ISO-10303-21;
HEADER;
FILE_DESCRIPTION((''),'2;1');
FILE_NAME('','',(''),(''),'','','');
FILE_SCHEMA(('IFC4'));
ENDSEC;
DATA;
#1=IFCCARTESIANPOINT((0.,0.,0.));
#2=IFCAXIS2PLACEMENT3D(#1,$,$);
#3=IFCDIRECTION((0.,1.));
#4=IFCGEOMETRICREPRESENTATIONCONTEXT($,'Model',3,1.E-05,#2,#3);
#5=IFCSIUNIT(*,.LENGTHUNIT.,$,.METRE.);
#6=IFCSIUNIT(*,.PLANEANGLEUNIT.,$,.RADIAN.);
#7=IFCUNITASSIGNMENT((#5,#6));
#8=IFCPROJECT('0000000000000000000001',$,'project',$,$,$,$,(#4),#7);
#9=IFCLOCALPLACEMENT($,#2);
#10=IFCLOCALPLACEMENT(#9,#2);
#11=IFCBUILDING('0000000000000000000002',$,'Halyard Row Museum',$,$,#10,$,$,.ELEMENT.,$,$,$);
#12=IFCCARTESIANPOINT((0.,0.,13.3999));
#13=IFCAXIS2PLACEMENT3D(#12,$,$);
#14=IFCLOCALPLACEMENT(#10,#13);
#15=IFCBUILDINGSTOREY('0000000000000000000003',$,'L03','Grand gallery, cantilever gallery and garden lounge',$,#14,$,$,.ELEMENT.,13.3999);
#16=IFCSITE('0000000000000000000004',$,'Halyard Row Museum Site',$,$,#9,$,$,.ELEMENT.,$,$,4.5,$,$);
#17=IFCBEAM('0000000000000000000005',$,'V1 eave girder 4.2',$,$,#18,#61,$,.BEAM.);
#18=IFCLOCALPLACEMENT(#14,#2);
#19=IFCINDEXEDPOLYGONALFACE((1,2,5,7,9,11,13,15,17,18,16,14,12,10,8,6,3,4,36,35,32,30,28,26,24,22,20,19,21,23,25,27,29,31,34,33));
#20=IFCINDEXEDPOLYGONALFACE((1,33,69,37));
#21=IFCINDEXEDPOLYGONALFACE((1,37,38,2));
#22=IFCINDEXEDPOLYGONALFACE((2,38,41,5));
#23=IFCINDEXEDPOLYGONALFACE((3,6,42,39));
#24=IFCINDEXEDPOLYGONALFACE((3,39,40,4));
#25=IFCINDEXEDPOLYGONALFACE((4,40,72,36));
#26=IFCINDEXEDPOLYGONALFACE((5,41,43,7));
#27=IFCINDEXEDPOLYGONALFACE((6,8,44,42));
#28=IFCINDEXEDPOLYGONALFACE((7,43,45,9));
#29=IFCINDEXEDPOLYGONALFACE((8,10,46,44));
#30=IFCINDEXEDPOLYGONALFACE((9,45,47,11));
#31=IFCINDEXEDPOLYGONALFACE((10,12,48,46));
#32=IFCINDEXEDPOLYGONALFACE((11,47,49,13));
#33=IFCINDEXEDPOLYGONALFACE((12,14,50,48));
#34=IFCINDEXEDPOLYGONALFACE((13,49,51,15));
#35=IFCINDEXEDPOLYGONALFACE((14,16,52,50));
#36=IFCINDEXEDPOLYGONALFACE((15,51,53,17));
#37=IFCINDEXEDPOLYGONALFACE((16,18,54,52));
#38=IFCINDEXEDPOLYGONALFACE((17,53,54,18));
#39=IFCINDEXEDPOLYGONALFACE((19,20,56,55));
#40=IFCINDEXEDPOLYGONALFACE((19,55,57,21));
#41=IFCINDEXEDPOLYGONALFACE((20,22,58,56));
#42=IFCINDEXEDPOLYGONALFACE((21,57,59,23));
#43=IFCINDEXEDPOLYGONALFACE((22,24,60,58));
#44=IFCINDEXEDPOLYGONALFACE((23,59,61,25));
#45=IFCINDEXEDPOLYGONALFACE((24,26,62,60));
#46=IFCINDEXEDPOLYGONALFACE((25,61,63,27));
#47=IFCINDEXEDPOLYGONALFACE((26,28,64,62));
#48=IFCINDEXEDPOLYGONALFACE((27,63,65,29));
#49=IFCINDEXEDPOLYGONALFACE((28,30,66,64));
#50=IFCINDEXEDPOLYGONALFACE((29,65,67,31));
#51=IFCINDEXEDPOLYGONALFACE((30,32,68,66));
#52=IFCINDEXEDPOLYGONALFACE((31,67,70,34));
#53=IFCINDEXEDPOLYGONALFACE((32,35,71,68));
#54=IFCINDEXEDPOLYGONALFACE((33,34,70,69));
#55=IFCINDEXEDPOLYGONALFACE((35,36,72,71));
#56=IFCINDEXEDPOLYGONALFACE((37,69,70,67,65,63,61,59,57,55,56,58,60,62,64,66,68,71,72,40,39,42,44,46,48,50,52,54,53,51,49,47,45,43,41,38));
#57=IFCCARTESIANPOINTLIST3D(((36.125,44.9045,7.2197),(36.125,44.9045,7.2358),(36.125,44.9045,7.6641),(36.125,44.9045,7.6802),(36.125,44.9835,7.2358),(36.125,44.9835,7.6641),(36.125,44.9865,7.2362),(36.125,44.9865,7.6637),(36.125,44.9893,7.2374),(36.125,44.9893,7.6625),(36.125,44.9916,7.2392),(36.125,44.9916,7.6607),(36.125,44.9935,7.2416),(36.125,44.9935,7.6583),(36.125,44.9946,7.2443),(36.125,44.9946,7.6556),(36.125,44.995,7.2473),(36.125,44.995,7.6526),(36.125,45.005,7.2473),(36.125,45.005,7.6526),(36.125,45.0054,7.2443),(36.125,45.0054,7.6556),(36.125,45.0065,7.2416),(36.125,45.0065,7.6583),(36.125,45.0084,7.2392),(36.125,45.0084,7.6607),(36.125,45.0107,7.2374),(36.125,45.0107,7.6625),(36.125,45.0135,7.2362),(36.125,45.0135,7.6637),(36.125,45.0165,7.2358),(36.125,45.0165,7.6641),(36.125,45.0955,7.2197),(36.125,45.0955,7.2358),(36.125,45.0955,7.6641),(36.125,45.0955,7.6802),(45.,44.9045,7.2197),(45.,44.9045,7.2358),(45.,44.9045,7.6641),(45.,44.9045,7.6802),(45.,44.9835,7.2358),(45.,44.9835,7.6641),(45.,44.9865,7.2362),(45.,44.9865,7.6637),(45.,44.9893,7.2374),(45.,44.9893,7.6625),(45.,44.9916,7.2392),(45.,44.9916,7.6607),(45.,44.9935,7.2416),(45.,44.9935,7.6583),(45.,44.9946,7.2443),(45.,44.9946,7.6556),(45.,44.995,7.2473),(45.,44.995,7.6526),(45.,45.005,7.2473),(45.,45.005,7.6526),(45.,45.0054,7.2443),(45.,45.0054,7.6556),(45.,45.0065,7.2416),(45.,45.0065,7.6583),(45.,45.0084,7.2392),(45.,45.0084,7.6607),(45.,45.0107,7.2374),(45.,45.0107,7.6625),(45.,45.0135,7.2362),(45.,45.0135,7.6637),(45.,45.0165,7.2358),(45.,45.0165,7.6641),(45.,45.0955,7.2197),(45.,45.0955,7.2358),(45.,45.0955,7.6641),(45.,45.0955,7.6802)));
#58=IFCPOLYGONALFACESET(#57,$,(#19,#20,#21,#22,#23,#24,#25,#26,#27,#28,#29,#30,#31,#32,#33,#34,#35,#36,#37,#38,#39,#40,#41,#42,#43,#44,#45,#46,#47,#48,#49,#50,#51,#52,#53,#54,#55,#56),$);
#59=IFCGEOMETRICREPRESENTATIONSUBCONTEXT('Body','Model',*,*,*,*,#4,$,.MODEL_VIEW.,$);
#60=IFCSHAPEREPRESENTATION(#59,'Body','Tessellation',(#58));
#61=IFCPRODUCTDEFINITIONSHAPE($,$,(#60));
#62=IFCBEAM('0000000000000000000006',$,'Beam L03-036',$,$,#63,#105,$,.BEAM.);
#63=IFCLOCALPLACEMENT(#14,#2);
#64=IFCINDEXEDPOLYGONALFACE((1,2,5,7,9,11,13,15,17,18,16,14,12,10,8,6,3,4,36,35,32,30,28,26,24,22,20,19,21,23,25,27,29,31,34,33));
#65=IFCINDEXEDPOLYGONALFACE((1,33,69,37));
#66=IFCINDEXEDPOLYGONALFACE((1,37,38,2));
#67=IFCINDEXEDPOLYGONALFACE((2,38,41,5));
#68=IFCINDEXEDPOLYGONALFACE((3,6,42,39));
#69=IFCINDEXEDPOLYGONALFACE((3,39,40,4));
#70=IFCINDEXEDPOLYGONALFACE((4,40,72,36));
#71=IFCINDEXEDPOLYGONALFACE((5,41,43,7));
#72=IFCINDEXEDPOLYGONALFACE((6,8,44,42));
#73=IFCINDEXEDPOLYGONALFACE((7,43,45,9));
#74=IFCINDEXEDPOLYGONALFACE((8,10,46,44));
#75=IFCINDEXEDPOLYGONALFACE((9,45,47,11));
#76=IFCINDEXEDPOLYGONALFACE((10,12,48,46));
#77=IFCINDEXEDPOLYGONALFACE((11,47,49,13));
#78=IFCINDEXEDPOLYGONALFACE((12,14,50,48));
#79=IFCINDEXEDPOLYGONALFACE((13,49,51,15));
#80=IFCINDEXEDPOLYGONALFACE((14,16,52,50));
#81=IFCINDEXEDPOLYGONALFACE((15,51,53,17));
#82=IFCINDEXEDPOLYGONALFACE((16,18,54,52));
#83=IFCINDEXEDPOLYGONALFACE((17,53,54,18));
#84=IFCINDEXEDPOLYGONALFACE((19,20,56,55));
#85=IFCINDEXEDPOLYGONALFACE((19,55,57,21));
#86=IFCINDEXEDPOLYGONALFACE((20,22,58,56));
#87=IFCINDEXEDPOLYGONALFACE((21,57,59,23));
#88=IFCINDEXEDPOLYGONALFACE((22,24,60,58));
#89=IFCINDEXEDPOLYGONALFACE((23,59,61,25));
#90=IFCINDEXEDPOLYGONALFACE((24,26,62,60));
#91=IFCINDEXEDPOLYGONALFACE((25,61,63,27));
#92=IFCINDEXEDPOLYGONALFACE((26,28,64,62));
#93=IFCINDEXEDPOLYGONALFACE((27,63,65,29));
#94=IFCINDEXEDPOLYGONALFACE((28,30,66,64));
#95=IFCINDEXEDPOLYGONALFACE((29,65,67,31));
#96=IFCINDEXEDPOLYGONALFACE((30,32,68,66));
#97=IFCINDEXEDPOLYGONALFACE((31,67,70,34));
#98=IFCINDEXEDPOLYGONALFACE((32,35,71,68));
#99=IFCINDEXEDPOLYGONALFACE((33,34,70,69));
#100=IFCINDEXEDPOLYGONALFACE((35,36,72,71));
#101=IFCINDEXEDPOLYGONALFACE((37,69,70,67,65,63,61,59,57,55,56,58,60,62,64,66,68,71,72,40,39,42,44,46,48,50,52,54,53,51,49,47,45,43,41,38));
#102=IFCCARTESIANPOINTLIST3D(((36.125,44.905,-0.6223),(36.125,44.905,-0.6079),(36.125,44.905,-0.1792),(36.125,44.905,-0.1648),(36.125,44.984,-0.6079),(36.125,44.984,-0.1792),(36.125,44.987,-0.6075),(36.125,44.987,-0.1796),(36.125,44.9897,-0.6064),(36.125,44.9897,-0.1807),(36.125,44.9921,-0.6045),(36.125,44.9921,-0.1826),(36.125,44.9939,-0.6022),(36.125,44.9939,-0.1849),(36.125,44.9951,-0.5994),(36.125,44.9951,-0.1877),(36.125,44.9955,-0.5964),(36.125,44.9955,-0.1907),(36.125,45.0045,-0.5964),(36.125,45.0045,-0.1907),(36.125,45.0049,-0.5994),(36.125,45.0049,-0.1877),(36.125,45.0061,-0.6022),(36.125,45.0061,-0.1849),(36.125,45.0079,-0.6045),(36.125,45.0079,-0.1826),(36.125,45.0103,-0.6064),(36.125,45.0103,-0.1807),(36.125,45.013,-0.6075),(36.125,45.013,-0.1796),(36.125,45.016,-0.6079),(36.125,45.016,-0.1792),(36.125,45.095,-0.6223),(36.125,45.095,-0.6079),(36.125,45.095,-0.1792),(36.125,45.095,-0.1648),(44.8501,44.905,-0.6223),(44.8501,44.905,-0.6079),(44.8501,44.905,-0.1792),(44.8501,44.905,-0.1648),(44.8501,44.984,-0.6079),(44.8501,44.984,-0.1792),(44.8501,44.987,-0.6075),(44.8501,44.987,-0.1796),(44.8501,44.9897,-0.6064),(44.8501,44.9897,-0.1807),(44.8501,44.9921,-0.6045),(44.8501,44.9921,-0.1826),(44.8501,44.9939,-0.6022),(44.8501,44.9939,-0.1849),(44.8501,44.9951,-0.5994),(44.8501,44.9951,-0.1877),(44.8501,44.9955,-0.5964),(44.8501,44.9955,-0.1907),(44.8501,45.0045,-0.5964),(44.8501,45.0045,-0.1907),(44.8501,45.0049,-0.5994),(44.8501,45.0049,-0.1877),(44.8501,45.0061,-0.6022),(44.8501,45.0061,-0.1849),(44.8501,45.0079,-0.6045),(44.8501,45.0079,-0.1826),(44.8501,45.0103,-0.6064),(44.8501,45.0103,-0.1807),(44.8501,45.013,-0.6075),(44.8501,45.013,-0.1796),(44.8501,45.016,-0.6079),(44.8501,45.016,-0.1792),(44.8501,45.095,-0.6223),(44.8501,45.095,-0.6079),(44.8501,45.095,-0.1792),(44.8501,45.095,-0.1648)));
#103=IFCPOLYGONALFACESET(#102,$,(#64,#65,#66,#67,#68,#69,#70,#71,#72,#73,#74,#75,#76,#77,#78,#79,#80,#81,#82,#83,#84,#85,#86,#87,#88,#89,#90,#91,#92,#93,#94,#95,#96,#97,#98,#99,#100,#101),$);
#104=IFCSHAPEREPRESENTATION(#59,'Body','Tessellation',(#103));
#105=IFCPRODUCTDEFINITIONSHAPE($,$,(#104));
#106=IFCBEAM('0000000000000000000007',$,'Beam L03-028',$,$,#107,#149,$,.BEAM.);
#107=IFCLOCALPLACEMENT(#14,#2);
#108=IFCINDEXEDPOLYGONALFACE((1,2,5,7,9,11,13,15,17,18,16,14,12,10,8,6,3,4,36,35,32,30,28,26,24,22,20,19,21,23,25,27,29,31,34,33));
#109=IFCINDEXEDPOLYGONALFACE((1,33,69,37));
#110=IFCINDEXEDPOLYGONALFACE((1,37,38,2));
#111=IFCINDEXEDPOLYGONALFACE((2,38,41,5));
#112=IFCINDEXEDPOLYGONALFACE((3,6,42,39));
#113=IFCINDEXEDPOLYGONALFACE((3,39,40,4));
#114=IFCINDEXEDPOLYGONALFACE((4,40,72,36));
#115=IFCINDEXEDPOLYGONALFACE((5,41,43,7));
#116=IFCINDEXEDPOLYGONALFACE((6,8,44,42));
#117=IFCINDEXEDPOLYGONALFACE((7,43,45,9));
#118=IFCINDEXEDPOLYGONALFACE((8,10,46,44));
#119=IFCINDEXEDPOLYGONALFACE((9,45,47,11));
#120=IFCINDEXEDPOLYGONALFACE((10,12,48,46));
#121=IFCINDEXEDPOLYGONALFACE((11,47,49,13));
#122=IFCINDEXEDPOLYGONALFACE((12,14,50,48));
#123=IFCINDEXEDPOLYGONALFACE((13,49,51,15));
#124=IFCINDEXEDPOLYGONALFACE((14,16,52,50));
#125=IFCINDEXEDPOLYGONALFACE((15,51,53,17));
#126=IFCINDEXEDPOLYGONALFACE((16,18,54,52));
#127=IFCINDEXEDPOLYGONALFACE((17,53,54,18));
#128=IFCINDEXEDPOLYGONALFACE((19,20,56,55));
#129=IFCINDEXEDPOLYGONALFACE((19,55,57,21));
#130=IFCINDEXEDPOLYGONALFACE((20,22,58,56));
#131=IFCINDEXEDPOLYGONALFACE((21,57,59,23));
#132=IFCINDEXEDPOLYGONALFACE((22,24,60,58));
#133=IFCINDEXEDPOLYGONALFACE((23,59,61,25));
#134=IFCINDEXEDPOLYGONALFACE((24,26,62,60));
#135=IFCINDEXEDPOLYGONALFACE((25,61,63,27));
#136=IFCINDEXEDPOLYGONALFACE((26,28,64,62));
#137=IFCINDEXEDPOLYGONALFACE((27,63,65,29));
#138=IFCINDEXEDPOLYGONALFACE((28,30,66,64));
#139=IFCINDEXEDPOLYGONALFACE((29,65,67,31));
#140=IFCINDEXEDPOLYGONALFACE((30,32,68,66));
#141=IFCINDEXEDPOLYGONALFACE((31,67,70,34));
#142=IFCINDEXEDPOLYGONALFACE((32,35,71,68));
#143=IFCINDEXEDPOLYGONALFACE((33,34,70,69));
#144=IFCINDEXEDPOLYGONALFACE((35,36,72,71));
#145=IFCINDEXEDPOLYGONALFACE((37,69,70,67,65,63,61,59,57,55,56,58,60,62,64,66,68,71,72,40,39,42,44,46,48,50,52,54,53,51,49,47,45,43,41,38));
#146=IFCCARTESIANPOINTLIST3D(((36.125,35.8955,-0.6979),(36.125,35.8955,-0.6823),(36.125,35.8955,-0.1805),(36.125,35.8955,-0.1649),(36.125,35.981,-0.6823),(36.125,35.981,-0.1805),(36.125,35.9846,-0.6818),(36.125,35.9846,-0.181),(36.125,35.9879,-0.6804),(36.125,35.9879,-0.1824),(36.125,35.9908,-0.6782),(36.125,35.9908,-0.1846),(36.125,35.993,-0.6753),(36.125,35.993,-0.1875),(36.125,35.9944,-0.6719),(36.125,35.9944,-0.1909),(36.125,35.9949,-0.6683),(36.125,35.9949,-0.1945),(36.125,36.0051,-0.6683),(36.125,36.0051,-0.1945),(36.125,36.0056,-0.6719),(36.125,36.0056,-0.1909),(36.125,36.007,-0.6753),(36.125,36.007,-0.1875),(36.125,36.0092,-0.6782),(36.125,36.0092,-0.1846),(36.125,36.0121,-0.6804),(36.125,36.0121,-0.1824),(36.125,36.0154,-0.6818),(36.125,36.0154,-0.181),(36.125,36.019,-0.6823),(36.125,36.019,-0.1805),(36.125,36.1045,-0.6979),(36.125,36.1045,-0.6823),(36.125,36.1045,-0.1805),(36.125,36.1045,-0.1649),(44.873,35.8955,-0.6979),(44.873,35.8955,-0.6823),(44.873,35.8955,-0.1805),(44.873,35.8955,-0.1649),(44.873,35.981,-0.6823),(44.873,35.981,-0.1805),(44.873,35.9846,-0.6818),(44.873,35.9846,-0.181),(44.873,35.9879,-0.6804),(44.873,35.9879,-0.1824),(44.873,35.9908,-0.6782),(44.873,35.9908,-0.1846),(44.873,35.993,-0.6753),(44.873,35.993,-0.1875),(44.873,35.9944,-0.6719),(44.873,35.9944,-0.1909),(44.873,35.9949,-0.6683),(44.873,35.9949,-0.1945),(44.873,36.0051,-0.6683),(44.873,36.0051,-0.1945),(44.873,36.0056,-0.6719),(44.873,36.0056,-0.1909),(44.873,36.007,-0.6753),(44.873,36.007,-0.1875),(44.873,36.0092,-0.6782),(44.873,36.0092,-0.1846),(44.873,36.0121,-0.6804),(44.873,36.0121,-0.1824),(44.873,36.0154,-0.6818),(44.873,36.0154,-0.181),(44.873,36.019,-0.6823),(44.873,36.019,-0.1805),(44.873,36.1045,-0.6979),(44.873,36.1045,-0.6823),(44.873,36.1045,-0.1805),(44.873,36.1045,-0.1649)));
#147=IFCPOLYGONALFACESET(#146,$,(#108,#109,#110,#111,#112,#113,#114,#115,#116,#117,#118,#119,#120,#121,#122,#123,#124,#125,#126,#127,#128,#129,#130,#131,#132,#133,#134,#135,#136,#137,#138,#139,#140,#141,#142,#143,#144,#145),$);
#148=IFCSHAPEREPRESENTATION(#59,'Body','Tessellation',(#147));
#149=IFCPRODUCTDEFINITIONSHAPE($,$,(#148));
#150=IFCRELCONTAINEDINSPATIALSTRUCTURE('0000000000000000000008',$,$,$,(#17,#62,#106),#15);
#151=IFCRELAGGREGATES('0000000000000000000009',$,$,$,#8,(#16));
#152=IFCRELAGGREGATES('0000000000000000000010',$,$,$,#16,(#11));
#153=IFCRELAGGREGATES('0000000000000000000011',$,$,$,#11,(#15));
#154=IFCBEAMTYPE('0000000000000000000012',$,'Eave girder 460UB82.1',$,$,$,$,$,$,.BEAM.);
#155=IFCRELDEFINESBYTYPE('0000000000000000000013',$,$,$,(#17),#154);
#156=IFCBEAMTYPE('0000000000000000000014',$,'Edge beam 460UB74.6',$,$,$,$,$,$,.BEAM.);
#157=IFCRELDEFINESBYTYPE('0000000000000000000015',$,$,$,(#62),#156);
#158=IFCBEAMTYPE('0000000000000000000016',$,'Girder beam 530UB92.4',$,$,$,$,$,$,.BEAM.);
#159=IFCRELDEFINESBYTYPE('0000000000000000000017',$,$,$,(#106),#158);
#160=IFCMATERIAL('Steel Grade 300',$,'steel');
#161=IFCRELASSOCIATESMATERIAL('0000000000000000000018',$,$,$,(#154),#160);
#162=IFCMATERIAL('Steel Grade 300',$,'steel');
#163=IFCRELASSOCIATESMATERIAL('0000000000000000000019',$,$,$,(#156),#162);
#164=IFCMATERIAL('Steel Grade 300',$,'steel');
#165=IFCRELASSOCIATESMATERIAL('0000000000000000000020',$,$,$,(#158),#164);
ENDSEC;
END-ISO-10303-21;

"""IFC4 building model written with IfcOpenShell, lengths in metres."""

from ifc_helpers import new_model, si_unit, direction, frame, origin, origin_2d, place, context, subcontext, project, spatial, i_section, extrude, material, material_profile, profile_set, type_object, element, save


model = new_model("IFC4")

# Units and contexts
model_context = context("Model", 3, precision=1e-05, world=origin(), true_north=direction((0.0, 1.0)))
body_context = subcontext(model_context, "Body", "Model", "MODEL_VIEW")
ifc_project = project(units=[si_unit("LENGTHUNIT", "METRE"), si_unit("PLANEANGLEUNIT", "RADIAN")], contexts=[model_context])

# Site, building, storey
site_placement = place(None, origin())
site = spatial("IfcSite", under=ifc_project, at=site_placement, Name="Halyard Row Museum Site", CompositionType="ELEMENT", RefElevation=4.5)
building_placement = place(site_placement, origin())
building = spatial("IfcBuilding", under=site, at=building_placement, Name="Halyard Row Museum", CompositionType="ELEMENT")
storey_placement = place(building_placement, frame((0.0, 0.0, 13.3999)))
storey = spatial("IfcBuildingStorey", under=building, at=storey_placement, Name="L03", Description="Grand gallery, cantilever gallery and garden lounge", CompositionType="ELEMENT", Elevation=13.3999)

# Beams
ifc_material_1 = material(Name="Steel Grade 300", Category="steel")
ifc_material_profile_1 = material_profile(ifc_material_1, i_section(OverallWidth=0.1909, OverallDepth=0.4604, WebThickness=0.01, FlangeThickness=0.0161, FilletRadius=0.0115, at=origin_2d()), Name="460UB82.1")
ifc_profile_set_1 = profile_set([ifc_material_profile_1], Name="Steel Grade 300")
beam_type_1 = type_object("IfcBeamType", Name="Eave girder 460UB82.1", PredefinedType="BEAM", material=ifc_profile_set_1)
beam_1_placement = place(storey_placement, frame((36.125, 45.0, 7.45), z_axis=(1.0, 0.0, 0.0), x_axis=(0.0, 1.0, 0.0)))
element("IfcBeam", 1, at=beam_1_placement, inside=storey, type_object=beam_type_1, Name="V1 eave girder 4.2", PredefinedType="BEAM", context=body_context, shape_type="SweptSolid", body=[
    extrude(i_section(OverallWidth=0.1909, OverallDepth=0.4604, WebThickness=0.01, FlangeThickness=0.0161, FilletRadius=0.0115, at=origin_2d()), origin(), (0.0, 0.0, 1.0), 8.875),
])
ifc_material_2 = material(Name="Steel Grade 300", Category="steel")
ifc_material_profile_2 = material_profile(ifc_material_2, i_section(OverallWidth=0.1899, OverallDepth=0.4575, WebThickness=0.009, FlangeThickness=0.0144, FilletRadius=0.0115, at=origin_2d()), Name="460UB74.6")
ifc_profile_set_2 = profile_set([ifc_material_profile_2], Name="Steel Grade 300")
beam_type_2 = type_object("IfcBeamType", Name="Edge beam 460UB74.6", PredefinedType="BEAM", material=ifc_profile_set_2)
beam_2_placement = place(storey_placement, frame((36.125, 45.0, -0.3936), z_axis=(1.0, 0.0, 0.0), x_axis=(0.0, 1.0, 0.0)))
element("IfcBeam", 2, at=beam_2_placement, inside=storey, type_object=beam_type_2, Name="Beam L03-036", PredefinedType="BEAM", context=body_context, shape_type="SweptSolid", body=[
    extrude(i_section(OverallWidth=0.1899, OverallDepth=0.4575, WebThickness=0.009, FlangeThickness=0.0144, FilletRadius=0.0115, at=origin_2d()), origin(), (0.0, 0.0, 1.0), 8.7251),
])
ifc_material_3 = material(Name="Steel Grade 300", Category="steel")
ifc_material_profile_3 = material_profile(ifc_material_3, i_section(OverallWidth=0.209, OverallDepth=0.533, WebThickness=0.0103, FlangeThickness=0.0156, FilletRadius=0.0139, at=origin_2d()), Name="530UB92.4")
ifc_profile_set_3 = profile_set([ifc_material_profile_3], Name="Steel Grade 300")
beam_type_3 = type_object("IfcBeamType", Name="Girder beam 530UB92.4", PredefinedType="BEAM", material=ifc_profile_set_3)
beam_3_placement = place(storey_placement, frame((36.125, 36.0, -0.4314), z_axis=(1.0, 0.0, 0.0), x_axis=(0.0, 1.0, 0.0)))
element("IfcBeam", 3, at=beam_3_placement, inside=storey, type_object=beam_type_3, Name="Beam L03-028", PredefinedType="BEAM", context=body_context, shape_type="SweptSolid", body=[
    extrude(i_section(OverallWidth=0.209, OverallDepth=0.533, WebThickness=0.0103, FlangeThickness=0.0156, FilletRadius=0.0139, at=origin_2d()), origin(), (0.0, 0.0, 1.0), 8.748),
])

save(model, "model.ifc")
